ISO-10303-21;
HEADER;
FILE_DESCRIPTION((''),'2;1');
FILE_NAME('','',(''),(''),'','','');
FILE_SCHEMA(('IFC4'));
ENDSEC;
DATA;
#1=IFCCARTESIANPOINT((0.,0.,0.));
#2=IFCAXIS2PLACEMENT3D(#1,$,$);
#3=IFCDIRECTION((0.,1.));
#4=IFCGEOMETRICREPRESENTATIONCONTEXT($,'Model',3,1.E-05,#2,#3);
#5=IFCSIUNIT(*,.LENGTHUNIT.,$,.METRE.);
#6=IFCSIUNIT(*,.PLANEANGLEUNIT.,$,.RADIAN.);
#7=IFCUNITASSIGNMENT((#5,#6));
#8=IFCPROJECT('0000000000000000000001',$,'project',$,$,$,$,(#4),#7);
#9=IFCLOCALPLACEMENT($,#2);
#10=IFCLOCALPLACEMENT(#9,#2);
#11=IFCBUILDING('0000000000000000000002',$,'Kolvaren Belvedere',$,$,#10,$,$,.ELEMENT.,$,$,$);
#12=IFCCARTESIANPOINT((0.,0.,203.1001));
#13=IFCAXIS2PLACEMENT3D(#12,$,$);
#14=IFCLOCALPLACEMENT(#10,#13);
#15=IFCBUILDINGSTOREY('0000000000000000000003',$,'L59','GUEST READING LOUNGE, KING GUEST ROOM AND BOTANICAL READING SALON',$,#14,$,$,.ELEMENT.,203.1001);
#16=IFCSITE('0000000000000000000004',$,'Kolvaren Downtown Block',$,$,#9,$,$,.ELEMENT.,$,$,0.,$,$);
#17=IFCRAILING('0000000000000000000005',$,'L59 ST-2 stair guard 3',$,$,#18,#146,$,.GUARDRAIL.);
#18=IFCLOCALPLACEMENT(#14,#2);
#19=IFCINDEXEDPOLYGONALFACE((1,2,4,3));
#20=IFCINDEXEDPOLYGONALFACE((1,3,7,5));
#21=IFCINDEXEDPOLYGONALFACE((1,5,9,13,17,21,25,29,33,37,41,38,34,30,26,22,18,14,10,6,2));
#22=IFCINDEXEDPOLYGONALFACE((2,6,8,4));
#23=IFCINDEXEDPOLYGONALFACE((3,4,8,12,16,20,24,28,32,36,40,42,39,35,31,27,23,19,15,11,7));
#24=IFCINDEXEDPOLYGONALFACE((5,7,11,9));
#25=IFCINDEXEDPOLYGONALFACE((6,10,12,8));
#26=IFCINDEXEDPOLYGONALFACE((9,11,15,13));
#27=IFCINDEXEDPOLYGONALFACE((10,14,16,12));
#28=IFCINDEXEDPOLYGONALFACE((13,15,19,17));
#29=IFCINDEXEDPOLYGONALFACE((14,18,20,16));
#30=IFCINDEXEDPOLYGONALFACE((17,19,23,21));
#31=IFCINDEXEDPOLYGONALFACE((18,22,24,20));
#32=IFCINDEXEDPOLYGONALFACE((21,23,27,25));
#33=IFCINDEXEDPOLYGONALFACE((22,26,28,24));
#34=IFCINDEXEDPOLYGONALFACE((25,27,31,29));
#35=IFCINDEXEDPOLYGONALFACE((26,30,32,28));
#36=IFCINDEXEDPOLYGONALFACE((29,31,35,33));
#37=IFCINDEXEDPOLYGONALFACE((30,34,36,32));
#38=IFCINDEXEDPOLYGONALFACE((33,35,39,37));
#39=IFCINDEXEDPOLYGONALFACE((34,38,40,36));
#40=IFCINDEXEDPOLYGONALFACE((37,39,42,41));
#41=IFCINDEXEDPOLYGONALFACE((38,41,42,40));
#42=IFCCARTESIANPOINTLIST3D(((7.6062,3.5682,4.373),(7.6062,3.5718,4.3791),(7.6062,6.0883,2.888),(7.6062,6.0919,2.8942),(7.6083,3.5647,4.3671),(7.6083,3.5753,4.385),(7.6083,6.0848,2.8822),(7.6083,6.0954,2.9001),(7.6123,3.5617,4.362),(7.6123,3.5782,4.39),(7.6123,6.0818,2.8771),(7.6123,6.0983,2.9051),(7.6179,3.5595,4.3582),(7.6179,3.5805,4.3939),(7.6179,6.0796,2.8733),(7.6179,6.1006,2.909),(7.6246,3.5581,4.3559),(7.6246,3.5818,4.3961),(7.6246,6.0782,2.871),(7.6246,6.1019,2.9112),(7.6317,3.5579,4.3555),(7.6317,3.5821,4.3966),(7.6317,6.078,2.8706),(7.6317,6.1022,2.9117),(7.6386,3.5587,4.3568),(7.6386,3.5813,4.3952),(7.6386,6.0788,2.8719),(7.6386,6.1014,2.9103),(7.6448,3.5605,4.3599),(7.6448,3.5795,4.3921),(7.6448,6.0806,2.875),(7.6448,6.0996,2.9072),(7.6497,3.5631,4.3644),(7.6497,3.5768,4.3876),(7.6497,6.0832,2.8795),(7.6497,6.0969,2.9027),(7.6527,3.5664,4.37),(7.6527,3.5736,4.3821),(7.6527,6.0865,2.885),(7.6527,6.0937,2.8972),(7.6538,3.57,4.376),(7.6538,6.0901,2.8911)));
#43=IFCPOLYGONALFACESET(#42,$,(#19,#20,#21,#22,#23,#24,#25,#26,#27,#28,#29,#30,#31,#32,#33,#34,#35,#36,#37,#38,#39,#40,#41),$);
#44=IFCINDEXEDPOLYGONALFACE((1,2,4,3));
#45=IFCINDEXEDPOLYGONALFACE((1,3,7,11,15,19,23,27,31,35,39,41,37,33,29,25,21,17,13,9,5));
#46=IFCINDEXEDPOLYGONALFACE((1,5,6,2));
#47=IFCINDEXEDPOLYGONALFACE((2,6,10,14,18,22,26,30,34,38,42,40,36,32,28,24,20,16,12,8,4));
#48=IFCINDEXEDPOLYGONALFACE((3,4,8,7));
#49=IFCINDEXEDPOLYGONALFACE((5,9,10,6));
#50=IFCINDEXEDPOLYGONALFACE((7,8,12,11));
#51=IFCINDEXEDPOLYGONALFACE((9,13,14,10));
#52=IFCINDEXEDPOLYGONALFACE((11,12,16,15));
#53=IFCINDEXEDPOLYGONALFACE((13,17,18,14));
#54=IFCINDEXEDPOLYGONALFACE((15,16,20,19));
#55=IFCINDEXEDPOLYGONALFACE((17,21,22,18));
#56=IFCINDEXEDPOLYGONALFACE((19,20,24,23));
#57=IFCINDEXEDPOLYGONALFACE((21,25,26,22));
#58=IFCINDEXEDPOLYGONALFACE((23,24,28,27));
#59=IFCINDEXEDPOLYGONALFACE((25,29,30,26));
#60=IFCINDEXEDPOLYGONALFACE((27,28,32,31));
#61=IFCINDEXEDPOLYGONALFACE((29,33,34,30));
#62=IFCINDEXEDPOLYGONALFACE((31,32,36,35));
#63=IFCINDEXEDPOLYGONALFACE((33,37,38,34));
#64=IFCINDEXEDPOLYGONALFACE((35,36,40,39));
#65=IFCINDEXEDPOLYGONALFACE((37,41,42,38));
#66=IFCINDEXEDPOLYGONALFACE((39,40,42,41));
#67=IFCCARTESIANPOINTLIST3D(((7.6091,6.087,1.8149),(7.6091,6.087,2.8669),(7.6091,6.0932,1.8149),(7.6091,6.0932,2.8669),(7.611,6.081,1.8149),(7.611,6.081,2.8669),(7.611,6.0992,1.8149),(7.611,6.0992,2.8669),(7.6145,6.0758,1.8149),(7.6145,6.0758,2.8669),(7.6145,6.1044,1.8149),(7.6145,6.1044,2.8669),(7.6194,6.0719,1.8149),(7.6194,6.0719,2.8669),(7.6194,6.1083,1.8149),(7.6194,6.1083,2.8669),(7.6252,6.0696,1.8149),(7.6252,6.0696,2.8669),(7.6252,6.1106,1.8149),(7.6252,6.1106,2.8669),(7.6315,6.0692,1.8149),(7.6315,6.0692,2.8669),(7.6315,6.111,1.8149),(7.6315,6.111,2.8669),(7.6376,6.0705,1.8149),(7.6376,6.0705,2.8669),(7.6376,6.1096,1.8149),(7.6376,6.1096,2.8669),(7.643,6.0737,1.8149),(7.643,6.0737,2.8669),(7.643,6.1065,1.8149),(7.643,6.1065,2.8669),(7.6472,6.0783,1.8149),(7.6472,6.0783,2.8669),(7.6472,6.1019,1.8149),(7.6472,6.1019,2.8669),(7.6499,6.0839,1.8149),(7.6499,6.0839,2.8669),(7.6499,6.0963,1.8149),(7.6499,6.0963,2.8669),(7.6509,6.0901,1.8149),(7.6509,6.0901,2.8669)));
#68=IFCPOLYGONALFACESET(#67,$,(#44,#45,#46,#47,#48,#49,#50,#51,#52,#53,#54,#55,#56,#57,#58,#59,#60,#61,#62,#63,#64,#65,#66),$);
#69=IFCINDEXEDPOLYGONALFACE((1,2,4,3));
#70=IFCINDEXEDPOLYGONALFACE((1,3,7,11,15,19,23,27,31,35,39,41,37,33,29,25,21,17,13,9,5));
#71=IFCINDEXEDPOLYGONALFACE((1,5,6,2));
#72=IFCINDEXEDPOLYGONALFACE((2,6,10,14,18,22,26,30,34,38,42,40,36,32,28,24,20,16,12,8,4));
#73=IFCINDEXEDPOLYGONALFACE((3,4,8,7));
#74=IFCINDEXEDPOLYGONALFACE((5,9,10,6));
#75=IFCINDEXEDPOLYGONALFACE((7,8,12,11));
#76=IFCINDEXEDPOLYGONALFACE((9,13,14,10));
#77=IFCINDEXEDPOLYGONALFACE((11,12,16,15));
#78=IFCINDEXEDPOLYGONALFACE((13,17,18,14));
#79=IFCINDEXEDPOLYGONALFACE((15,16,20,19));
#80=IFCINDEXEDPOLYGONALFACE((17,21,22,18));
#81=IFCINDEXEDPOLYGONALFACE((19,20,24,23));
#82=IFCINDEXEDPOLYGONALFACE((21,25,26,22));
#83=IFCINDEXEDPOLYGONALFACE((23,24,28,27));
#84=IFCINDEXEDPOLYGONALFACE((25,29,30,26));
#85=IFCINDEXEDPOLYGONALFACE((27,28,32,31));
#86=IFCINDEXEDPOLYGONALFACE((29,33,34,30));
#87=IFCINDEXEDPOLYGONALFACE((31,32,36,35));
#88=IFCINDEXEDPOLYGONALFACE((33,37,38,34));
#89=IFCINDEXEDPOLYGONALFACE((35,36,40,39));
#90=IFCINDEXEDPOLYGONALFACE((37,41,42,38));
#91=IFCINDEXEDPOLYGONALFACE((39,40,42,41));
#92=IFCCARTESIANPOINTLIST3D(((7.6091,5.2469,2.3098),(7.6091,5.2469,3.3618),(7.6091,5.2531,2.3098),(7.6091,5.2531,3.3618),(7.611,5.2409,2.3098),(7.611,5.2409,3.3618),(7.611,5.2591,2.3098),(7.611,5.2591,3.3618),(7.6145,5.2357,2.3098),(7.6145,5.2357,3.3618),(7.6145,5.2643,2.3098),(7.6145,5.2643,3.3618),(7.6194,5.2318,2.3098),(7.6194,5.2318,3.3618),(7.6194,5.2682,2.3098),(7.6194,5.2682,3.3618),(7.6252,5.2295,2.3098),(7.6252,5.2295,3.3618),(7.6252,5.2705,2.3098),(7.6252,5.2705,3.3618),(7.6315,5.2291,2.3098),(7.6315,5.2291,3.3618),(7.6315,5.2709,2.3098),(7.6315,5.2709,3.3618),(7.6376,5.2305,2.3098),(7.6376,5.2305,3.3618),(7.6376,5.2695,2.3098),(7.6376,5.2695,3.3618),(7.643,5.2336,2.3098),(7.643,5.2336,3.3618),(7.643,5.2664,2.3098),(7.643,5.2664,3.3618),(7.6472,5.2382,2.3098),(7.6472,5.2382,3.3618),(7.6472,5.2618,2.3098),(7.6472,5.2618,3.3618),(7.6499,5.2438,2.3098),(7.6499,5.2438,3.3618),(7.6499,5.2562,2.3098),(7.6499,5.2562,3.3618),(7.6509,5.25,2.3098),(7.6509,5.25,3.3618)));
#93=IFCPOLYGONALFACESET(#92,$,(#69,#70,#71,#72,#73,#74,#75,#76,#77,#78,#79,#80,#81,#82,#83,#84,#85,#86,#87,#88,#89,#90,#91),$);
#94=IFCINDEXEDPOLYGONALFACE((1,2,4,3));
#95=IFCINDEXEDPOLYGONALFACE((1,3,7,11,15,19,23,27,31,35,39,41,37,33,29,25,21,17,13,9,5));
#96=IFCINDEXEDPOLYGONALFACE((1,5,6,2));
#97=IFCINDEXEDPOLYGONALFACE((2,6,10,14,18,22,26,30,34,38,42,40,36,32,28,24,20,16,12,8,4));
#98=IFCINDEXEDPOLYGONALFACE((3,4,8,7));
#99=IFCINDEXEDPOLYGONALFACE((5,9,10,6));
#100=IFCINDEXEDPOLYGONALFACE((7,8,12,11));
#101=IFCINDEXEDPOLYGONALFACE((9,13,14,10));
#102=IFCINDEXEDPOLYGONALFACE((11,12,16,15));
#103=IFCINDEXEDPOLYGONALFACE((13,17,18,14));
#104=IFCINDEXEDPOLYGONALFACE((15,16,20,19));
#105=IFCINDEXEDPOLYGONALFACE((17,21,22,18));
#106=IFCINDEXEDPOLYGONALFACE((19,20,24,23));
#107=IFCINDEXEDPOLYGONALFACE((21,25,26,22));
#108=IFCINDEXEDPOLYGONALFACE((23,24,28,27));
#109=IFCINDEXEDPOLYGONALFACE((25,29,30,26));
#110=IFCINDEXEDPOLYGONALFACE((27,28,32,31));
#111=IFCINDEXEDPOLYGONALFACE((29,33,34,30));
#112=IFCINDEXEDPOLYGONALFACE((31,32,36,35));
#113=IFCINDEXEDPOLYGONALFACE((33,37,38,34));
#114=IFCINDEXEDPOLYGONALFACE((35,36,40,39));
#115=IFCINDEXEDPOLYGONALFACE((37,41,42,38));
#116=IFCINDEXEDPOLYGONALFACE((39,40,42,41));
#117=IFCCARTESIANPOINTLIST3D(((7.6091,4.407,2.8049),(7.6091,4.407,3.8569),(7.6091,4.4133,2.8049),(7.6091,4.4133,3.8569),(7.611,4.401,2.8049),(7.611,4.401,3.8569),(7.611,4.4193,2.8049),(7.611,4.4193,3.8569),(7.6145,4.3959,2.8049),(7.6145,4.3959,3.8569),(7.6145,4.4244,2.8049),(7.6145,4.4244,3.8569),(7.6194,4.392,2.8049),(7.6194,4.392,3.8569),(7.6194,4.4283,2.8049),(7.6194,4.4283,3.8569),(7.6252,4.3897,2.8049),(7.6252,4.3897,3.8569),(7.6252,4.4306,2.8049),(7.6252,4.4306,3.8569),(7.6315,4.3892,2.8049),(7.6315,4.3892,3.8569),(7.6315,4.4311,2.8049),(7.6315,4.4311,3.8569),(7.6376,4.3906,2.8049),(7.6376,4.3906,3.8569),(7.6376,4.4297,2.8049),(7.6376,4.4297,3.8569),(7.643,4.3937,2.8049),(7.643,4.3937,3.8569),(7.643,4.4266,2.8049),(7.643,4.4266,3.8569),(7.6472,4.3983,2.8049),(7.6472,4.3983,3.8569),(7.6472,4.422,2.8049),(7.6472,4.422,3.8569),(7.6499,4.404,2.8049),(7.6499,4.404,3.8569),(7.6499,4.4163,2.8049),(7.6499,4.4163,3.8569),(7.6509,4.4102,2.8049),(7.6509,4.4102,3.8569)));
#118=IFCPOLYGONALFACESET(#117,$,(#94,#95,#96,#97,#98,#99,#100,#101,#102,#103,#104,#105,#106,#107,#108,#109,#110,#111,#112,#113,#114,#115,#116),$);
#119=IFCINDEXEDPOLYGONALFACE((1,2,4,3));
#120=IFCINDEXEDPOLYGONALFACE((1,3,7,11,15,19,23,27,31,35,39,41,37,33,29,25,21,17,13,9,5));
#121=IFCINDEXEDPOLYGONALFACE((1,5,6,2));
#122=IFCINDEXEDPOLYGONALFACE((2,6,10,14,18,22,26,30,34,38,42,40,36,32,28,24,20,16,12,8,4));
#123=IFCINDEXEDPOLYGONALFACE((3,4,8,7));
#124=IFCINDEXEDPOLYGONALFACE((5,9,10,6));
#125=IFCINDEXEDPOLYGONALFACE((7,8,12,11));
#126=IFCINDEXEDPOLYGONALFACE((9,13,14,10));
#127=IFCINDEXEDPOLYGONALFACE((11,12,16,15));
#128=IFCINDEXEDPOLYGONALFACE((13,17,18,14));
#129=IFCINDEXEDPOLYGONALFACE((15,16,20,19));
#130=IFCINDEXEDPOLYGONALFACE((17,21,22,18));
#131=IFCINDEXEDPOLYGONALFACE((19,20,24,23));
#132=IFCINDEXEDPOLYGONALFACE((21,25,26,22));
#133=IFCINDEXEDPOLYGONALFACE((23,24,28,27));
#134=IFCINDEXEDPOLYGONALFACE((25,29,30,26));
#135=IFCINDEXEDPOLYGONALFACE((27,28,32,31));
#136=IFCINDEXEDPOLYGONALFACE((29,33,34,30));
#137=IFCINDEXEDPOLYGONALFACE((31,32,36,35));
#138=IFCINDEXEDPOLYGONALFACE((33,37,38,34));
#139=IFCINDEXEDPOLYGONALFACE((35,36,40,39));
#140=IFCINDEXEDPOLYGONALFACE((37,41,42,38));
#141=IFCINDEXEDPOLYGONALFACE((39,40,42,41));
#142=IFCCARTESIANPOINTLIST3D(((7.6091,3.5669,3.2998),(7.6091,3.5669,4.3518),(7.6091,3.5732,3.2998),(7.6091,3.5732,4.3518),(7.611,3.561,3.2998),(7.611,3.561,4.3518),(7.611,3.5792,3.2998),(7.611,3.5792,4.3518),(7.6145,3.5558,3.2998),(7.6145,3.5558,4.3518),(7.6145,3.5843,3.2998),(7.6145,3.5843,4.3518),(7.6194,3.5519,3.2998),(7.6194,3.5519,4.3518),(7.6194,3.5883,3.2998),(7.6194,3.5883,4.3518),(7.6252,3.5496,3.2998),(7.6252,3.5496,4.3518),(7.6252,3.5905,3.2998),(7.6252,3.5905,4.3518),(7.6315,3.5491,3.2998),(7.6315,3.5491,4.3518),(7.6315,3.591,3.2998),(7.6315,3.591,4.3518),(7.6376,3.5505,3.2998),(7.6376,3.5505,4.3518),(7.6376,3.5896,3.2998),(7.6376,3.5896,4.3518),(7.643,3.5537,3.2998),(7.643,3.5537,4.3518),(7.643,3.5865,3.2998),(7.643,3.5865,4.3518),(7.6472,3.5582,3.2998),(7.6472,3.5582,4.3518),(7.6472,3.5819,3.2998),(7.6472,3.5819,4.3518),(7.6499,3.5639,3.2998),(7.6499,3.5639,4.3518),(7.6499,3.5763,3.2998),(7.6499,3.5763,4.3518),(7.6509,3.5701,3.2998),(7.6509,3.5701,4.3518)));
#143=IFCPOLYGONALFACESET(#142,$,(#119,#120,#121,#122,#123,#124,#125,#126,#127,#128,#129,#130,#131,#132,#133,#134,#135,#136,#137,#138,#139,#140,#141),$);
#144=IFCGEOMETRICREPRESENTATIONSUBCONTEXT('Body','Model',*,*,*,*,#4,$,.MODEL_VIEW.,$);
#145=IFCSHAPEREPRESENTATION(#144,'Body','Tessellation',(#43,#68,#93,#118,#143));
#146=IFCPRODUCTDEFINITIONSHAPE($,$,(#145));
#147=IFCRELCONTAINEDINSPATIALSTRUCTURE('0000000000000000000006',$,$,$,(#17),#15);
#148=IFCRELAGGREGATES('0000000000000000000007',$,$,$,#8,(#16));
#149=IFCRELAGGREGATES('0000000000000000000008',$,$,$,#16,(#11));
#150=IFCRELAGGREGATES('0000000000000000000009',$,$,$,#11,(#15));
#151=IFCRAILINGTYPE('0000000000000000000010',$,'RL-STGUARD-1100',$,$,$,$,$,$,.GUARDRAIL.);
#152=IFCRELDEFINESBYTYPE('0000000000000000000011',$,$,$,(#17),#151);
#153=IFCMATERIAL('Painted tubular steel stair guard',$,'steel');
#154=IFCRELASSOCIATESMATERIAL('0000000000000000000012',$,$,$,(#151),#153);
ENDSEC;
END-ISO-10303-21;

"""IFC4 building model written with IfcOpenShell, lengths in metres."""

from ifc_helpers import new_model, si_unit, direction, frame, origin, origin_2d, place, context, subcontext, project, spatial, circle, extrude, material, type_object, element, save


model = new_model("IFC4")

# Units and contexts
model_context = context("Model", 3, precision=1e-05, world=origin(), true_north=direction((0.0, 1.0)))
body_context = subcontext(model_context, "Body", "Model", "MODEL_VIEW")
ifc_project = project(units=[si_unit("LENGTHUNIT", "METRE"), si_unit("PLANEANGLEUNIT", "RADIAN")], contexts=[model_context])

# Site, building, storey
site_placement = place(None, origin())
site = spatial("IfcSite", under=ifc_project, at=site_placement, Name="Kolvaren Downtown Block", CompositionType="ELEMENT", RefElevation=0.0)
building_placement = place(site_placement, origin())
building = spatial("IfcBuilding", under=site, at=building_placement, Name="Kolvaren Belvedere", CompositionType="ELEMENT")
storey_placement = place(building_placement, frame((0.0, 0.0, 203.1001)))
storey = spatial("IfcBuildingStorey", under=building, at=storey_placement, Name="L59", Description="GUEST READING LOUNGE, KING GUEST ROOM AND BOTANICAL READING SALON", CompositionType="ELEMENT", Elevation=203.1001)

# Railing
ifc_material_1 = material(Name="Painted tubular steel stair guard", Category="steel")
railing_type_1 = type_object("IfcRailingType", Name="RL-STGUARD-1100", PredefinedType="GUARDRAIL", material=ifc_material_1)
railing_1_placement = place(storey_placement, frame((7.6299, 6.0901, 1.8149)))
element("IfcRailing", 1, at=railing_1_placement, inside=storey, type_object=railing_type_1, Name="L59 ST-2 stair guard 3", PredefinedType="GUARDRAIL", context=body_context, shape_type="SweptSolid", body=[
    extrude(circle(Radius=0.0239, at=origin_2d()), frame((0.0, 0.0, 1.0762), z_axis=(0.0, -0.861561, 0.507655), x_axis=(1.0, 0.0, 0.0)), (0.0, 0.0, 1.0), 2.925),
    extrude(circle(Radius=0.021, at=origin_2d()), origin(), (0.0, 0.0, 1.0), 1.052),
    extrude(circle(Radius=0.021, at=origin_2d()), frame((0.0, -0.8401, 0.4949)), (0.0, 0.0, 1.0), 1.052),
    extrude(circle(Radius=0.021, at=origin_2d()), frame((0.0, -1.6799, 0.99)), (0.0, 0.0, 1.0), 1.052),
    extrude(circle(Radius=0.021, at=origin_2d()), frame((0.0, -2.52, 1.4849)), (0.0, 0.0, 1.0), 1.052),
])

save(model, "model.ifc")
